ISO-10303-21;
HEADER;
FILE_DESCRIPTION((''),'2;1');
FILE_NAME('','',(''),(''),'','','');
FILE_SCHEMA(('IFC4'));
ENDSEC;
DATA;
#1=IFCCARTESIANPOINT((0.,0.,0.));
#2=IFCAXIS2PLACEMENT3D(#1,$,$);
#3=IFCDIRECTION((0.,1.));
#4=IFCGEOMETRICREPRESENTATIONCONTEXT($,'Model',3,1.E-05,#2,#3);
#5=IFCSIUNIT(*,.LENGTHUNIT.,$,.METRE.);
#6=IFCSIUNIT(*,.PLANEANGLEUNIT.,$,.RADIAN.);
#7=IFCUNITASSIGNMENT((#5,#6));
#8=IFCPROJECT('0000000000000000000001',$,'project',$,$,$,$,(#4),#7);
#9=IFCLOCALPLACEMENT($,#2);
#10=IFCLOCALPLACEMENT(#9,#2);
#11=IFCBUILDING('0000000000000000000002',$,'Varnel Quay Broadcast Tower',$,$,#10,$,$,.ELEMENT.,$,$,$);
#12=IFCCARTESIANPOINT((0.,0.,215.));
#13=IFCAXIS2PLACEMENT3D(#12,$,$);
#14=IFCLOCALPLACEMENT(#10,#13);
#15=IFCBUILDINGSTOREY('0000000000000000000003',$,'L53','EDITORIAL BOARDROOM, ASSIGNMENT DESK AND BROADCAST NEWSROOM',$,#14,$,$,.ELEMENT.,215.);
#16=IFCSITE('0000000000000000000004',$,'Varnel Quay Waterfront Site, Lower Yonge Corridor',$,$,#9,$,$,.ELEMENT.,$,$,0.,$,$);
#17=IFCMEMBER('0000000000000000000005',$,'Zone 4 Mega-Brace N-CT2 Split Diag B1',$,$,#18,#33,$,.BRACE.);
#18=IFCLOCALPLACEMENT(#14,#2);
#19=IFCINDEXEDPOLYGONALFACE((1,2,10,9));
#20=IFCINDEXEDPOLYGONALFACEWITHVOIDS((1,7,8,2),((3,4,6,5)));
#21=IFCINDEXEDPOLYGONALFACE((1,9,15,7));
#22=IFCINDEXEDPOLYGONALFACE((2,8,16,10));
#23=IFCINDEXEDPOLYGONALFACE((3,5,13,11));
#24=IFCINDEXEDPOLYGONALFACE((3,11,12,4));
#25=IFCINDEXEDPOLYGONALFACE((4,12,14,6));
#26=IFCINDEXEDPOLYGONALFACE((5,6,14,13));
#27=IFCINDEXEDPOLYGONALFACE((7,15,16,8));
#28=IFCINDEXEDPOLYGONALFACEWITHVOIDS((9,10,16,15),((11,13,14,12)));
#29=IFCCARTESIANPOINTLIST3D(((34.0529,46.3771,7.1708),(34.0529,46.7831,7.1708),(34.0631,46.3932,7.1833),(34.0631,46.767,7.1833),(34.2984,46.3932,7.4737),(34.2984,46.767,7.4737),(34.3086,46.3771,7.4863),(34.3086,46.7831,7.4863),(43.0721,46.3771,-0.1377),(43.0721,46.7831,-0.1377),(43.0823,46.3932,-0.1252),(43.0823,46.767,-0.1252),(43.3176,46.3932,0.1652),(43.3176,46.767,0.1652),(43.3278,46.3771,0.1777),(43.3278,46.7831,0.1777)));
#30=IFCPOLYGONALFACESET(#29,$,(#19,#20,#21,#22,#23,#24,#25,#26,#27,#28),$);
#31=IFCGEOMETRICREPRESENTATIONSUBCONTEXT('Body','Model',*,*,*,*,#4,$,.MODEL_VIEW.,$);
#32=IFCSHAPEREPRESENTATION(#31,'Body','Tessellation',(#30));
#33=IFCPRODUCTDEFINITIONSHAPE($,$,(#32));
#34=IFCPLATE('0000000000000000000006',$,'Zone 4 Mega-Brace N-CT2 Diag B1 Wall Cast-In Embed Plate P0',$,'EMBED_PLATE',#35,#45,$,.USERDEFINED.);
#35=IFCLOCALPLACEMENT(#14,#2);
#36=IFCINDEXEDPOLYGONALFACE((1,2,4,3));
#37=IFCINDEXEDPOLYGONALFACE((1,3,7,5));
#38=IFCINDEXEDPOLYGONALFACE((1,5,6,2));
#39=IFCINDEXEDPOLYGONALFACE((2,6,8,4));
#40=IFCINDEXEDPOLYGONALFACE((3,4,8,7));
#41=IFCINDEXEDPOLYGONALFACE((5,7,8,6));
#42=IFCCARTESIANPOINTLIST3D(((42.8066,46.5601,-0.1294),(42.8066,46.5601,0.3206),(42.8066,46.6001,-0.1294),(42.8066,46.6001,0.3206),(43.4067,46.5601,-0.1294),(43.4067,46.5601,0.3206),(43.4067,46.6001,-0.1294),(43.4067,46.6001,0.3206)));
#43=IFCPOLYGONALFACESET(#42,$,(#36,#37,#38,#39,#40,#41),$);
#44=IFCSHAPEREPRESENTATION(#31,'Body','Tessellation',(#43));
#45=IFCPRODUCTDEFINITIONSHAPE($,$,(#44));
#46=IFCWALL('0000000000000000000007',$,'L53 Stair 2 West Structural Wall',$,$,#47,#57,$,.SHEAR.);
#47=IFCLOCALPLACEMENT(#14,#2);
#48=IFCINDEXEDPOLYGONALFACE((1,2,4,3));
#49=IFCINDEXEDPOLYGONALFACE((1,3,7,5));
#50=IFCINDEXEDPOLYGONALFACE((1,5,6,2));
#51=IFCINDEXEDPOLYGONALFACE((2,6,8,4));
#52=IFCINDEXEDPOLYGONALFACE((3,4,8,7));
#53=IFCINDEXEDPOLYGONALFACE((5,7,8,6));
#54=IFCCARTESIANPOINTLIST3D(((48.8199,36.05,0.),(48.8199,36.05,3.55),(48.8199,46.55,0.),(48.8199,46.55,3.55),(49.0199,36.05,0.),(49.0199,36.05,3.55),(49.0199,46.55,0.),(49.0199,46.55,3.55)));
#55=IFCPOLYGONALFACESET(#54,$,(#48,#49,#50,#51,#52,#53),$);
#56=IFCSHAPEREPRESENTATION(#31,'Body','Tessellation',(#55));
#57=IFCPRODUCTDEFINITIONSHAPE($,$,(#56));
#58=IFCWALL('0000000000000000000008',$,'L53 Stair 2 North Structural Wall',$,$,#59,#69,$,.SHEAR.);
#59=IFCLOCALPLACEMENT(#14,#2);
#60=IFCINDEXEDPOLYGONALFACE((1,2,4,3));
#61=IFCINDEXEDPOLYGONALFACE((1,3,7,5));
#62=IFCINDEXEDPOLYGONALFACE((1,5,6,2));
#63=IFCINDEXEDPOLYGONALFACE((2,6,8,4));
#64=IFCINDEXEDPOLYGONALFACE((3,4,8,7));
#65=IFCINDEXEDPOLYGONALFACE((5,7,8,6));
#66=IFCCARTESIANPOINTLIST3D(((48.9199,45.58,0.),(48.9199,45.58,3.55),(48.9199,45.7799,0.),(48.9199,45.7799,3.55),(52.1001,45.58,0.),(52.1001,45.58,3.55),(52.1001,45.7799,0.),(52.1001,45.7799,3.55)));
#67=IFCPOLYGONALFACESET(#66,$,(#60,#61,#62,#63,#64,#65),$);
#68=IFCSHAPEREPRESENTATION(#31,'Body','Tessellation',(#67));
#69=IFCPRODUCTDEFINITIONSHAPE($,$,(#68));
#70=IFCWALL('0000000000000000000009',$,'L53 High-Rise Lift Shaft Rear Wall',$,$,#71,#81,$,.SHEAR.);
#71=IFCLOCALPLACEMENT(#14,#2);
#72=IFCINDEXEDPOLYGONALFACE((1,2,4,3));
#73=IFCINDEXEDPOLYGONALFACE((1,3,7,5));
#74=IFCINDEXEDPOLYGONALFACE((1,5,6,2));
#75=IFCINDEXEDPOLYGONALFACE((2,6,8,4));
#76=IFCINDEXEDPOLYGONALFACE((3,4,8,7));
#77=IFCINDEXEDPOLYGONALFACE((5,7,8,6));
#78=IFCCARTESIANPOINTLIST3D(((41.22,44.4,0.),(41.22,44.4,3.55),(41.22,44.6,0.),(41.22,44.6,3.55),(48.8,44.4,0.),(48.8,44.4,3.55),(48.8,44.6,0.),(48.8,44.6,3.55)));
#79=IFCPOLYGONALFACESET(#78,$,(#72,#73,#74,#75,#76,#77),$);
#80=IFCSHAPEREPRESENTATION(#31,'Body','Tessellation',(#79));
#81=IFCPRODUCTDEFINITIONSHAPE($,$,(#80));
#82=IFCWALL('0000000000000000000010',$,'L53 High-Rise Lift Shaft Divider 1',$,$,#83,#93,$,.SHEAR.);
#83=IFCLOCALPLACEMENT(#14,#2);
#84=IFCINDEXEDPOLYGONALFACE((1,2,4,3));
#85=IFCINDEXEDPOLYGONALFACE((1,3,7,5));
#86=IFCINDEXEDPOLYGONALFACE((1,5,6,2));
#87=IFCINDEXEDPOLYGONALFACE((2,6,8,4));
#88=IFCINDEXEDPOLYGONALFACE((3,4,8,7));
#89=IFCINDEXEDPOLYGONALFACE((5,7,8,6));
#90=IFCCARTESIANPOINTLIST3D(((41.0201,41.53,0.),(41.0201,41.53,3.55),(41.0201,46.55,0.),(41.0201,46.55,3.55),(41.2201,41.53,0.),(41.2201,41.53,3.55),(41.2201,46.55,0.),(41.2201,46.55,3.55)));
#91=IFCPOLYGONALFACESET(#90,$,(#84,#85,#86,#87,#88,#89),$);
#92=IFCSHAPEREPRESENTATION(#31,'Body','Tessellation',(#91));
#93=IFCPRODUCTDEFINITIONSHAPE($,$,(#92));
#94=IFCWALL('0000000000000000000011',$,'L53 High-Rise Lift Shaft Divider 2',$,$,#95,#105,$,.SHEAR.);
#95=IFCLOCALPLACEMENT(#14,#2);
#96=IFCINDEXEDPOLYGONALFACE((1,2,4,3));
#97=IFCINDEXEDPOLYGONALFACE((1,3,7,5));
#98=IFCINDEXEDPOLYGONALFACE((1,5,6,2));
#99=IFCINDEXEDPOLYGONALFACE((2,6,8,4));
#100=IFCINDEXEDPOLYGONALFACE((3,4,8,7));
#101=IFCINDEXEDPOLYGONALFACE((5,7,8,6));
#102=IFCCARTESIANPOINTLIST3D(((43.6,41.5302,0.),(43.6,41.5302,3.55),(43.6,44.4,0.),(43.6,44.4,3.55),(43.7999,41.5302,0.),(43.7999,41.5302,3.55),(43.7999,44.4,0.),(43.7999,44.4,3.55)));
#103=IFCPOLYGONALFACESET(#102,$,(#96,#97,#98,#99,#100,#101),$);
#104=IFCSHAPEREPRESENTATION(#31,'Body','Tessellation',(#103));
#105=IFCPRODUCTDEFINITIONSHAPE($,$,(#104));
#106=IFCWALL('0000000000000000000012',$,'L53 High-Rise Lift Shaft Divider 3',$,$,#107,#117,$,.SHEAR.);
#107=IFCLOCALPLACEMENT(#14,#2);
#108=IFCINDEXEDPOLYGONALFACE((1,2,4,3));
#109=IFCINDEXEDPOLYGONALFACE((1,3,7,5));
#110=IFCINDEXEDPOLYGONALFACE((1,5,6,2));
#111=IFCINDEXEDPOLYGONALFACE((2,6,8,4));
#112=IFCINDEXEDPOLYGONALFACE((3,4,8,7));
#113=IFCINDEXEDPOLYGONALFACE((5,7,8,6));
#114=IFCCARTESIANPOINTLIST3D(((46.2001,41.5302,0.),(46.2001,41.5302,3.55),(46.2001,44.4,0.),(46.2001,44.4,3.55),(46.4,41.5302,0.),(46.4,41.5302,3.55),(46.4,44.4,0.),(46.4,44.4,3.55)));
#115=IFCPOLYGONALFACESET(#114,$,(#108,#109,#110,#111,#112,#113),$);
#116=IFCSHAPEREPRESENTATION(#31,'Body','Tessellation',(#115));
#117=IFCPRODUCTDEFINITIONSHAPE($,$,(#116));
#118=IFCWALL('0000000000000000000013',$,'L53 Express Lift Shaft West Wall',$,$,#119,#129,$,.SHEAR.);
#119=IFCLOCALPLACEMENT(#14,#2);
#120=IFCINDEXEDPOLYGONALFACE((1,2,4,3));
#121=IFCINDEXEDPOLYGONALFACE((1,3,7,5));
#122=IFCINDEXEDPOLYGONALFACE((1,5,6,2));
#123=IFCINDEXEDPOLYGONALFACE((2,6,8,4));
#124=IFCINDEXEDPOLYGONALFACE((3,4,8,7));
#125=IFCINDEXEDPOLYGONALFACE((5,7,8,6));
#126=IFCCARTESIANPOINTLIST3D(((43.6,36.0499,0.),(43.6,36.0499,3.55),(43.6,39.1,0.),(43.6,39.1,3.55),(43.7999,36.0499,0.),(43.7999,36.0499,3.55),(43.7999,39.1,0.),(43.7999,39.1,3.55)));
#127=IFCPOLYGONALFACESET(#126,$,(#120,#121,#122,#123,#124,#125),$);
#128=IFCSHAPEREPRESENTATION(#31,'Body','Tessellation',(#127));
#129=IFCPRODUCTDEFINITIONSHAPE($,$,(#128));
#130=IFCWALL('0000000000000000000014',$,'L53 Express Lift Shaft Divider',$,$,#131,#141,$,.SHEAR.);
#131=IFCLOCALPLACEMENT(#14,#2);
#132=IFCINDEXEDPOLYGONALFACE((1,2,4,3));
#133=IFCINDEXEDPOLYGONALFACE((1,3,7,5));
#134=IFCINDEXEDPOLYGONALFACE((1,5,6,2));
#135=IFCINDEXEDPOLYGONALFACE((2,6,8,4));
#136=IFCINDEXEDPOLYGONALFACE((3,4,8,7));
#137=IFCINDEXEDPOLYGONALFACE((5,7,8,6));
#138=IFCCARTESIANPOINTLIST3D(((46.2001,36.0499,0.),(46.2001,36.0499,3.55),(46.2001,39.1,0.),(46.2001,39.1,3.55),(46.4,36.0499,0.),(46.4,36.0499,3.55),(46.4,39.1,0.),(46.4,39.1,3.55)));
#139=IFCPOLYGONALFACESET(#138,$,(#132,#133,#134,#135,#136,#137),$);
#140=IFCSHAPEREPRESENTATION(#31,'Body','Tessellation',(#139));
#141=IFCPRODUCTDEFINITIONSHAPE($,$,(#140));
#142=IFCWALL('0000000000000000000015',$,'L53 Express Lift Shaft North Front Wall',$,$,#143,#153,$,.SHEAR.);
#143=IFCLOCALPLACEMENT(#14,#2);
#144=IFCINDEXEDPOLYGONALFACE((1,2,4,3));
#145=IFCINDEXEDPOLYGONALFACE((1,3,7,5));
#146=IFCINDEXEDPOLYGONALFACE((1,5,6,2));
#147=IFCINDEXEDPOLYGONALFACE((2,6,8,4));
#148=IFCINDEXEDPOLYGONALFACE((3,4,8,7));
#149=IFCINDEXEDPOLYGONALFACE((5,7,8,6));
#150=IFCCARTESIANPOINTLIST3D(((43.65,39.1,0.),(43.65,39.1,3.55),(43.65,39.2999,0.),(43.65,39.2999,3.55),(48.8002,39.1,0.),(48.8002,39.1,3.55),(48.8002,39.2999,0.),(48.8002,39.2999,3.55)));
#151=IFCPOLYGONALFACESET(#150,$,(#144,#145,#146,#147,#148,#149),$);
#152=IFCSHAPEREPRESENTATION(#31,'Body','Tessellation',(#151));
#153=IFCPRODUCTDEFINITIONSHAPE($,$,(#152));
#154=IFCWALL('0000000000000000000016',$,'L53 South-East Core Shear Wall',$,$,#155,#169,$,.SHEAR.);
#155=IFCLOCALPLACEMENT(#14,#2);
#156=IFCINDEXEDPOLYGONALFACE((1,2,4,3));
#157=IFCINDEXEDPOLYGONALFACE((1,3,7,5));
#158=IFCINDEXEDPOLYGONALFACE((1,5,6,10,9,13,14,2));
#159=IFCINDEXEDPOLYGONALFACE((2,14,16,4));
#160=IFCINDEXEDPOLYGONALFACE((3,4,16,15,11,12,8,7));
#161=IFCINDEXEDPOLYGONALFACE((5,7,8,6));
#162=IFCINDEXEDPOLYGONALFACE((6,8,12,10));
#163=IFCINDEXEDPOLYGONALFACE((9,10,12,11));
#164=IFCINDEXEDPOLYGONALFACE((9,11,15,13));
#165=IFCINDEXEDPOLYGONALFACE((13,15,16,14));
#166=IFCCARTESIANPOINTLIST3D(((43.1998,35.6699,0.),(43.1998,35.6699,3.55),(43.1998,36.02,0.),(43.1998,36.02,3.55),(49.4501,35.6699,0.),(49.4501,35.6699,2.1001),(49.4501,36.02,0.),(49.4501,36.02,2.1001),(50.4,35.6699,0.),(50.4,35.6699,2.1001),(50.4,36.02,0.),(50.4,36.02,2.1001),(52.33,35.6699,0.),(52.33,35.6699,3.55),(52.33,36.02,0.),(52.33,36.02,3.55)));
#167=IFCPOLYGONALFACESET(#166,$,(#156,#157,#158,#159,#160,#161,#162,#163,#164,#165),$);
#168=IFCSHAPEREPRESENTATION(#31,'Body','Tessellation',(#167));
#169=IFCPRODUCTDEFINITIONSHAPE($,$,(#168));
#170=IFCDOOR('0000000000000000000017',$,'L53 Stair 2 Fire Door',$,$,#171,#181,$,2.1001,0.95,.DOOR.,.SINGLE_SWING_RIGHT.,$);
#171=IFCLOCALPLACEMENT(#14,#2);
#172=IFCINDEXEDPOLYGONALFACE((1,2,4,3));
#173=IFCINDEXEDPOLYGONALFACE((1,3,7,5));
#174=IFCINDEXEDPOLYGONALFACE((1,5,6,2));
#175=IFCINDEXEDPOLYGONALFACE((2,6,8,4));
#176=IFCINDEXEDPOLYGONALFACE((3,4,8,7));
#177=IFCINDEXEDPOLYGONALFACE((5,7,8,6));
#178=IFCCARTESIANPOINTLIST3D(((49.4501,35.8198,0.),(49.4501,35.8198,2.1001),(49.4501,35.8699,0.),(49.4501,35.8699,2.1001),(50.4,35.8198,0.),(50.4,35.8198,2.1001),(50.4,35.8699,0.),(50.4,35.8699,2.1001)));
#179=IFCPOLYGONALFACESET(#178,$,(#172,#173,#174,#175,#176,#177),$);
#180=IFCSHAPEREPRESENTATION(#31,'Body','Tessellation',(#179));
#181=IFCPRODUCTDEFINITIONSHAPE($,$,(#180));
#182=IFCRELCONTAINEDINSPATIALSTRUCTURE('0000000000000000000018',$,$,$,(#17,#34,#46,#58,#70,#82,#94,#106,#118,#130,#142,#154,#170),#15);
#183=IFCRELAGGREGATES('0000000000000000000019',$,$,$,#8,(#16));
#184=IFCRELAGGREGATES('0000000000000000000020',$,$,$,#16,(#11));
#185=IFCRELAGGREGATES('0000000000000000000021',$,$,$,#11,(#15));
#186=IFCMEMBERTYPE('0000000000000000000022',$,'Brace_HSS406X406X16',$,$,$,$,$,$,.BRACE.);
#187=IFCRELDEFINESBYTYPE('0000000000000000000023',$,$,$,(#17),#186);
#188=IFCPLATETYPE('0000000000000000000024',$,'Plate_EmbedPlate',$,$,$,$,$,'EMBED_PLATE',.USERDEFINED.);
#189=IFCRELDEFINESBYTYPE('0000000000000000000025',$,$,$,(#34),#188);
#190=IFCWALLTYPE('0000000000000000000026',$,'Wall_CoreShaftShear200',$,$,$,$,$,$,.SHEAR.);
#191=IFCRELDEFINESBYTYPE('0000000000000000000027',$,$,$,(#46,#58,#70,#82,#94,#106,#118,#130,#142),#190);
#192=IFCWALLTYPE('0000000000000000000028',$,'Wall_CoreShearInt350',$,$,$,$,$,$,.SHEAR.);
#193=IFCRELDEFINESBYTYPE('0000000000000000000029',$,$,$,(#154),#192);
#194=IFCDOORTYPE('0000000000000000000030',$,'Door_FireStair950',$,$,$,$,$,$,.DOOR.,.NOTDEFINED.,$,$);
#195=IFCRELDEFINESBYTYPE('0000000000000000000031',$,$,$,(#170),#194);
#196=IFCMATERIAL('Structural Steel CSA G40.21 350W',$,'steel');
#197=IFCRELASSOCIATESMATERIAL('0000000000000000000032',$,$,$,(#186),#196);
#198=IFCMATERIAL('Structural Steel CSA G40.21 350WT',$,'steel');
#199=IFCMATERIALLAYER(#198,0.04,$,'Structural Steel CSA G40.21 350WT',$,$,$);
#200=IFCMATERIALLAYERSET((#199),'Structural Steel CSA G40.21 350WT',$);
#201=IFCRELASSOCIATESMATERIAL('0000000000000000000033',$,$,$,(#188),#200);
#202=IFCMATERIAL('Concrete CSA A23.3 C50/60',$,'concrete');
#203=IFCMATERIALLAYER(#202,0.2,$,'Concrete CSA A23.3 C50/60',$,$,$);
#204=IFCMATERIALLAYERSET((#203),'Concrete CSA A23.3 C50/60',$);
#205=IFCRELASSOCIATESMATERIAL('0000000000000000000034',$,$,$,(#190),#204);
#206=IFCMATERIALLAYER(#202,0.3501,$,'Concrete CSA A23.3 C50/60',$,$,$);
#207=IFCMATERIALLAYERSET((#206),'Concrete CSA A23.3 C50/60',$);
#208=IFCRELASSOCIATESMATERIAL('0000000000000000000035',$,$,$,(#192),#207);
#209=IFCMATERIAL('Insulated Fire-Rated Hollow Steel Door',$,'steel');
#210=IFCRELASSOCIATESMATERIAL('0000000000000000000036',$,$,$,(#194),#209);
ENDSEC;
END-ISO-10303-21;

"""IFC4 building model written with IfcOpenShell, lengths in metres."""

from ifc_helpers import new_model, si_unit, direction, frame, frame_2d, origin, origin_2d, place, context, subcontext, project, spatial, rectangle, hollow_rectangle, extrude, source, transform, mapped, material, layer, layer_set, material_profile, profile_set, type_object, type_shapes, element, fill, save


model = new_model("IFC4")

# Units and contexts
model_context = context("Model", 3, precision=1e-05, world=origin(), true_north=direction((0.0, 1.0)))
body_context = subcontext(model_context, "Body", "Model", "MODEL_VIEW")
ifc_project = project(units=[si_unit("LENGTHUNIT", "METRE"), si_unit("PLANEANGLEUNIT", "RADIAN")], contexts=[model_context])

# Site, building, storey
site_placement = place(None, origin())
site = spatial("IfcSite", under=ifc_project, at=site_placement, Name="Varnel Quay Waterfront Site, Lower Yonge Corridor", CompositionType="ELEMENT", RefElevation=0.0)
building_placement = place(site_placement, origin())
building = spatial("IfcBuilding", under=site, at=building_placement, Name="Varnel Quay Broadcast Tower", CompositionType="ELEMENT")
storey_placement = place(building_placement, frame((0.0, 0.0, 215.0)))
storey = spatial("IfcBuildingStorey", under=building, at=storey_placement, Name="L53", Description="EDITORIAL BOARDROOM, ASSIGNMENT DESK AND BROADCAST NEWSROOM", CompositionType="ELEMENT", Elevation=215.0)

# Shared definitions
ifc_material_1 = material(Name="Structural Steel CSA G40.21 350WT", Category="steel")

# Shared definitions
ifc_material_2 = material(Name="Concrete CSA A23.3 C50/60", Category="concrete")

# Member
ifc_material_3 = material(Name="Structural Steel CSA G40.21 350W", Category="steel")
ifc_material_profile_1 = material_profile(ifc_material_3, hollow_rectangle(XDim=0.406, YDim=0.406, WallThickness=0.0161, at=origin_2d()), Name="HSS406X406X16")
ifc_profile_set_1 = profile_set([ifc_material_profile_1], Name="Structural Steel CSA G40.21 350W")
member_type = type_object("IfcMemberType", Name="Brace_HSS406X406X16", PredefinedType="BRACE", material=ifc_profile_set_1)
shared_shape_1 = source(origin(), body_context, "Body", "SweptSolid", [
    extrude(hollow_rectangle(XDim=0.406, YDim=0.406, WallThickness=0.0161, at=origin_2d()), origin(), (0.0, 0.0, 1.0), 11.6086),
])
type_shapes(member_type, [shared_shape_1])
member_placement = place(storey_placement, frame((43.2, 46.5801, 0.02), z_axis=(-0.776939, 0.0, 0.629576), x_axis=(0.0, -1.0, 0.0)))
element("IfcMember", 1, at=member_placement, inside=storey, type_object=member_type, Name="Zone 4 Mega-Brace N-CT2 Split Diag B1", PredefinedType="BRACE", context=body_context, shape_type="MappedRepresentation", body=[
    mapped(shared_shape_1, transform((0.0, 0.0, 0.0), x_axis=(1.0, 0.0, 0.0), y_axis=(0.0, 1.0, 0.0), z_axis=(0.0, 0.0, 1.0), scale=1.0)),
])

# Plate
ifc_layer_1 = layer(ifc_material_1, 0.04, Name="Structural Steel CSA G40.21 350WT")
ifc_layer_set_1 = layer_set([ifc_layer_1], Name="Structural Steel CSA G40.21 350WT")
plate_type = type_object("IfcPlateType", Name="Plate_EmbedPlate", ElementType="EMBED_PLATE", PredefinedType="USERDEFINED", material=ifc_layer_set_1)
shared_shape_2 = source(origin(), body_context, "Body", "SweptSolid", [
    extrude(rectangle(XDim=0.6001, YDim=0.04, at=origin_2d()), origin(), (0.0, 0.0, 1.0), 0.45),
])
type_shapes(plate_type, [shared_shape_2])
plate_placement = place(storey_placement, frame((43.1067, 46.5801, -0.1294), z_axis=(0.0, 0.0, 1.0), x_axis=(1.0, 0.0, 0.0)))
element("IfcPlate", 2, at=plate_placement, inside=storey, type_object=plate_type, Name="Zone 4 Mega-Brace N-CT2 Diag B1 Wall Cast-In Embed Plate P0", ObjectType="EMBED_PLATE", PredefinedType="USERDEFINED", context=body_context, shape_type="MappedRepresentation", body=[
    mapped(shared_shape_2, transform((0.0, 0.0, 0.0), x_axis=(1.0, 0.0, 0.0), y_axis=(0.0, 1.0, 0.0), z_axis=(0.0, 0.0, 1.0), scale=1.0)),
])

# Walls
ifc_layer_2 = layer(ifc_material_2, 0.2, Name="Concrete CSA A23.3 C50/60")
ifc_layer_set_2 = layer_set([ifc_layer_2], Name="Concrete CSA A23.3 C50/60")
wall_type_1 = type_object("IfcWallType", Name="Wall_CoreShaftShear200", PredefinedType="SHEAR", material=ifc_layer_set_2)
wall_1_placement = place(storey_placement, frame((48.9199, 36.05, 0.0), z_axis=(0.0, 0.0, 1.0), x_axis=(0.0, 1.0, 0.0)))
element("IfcWall", 3, at=wall_1_placement, inside=storey, type_object=wall_type_1, Name="L53 Stair 2 West Structural Wall", PredefinedType="SHEAR", context=body_context, shape_type="SweptSolid", body=[
    extrude(rectangle(XDim=10.5, YDim=0.2, at=frame_2d((5.25, 0.0))), origin(), (0.0, 0.0, 1.0), 3.55),
])
wall_2_placement = place(storey_placement, frame((48.9199, 45.6799, 0.0), z_axis=(0.0, 0.0, 1.0), x_axis=(1.0, 0.0, 0.0)))
element("IfcWall", 4, at=wall_2_placement, inside=storey, type_object=wall_type_1, Name="L53 Stair 2 North Structural Wall", PredefinedType="SHEAR", context=body_context, shape_type="SweptSolid", body=[
    extrude(rectangle(XDim=3.1802, YDim=0.2, at=frame_2d((1.5901, 0.0))), origin(), (0.0, 0.0, 1.0), 3.55),
])
wall_3_placement = place(storey_placement, frame((41.22, 44.5, 0.0), z_axis=(0.0, 0.0, 1.0), x_axis=(1.0, 0.0, 0.0)))
element("IfcWall", 5, at=wall_3_placement, inside=storey, type_object=wall_type_1, Name="L53 High-Rise Lift Shaft Rear Wall", PredefinedType="SHEAR", context=body_context, shape_type="SweptSolid", body=[
    extrude(rectangle(XDim=7.5801, YDim=0.2, at=frame_2d((3.79, 0.0))), origin(), (0.0, 0.0, 1.0), 3.55),
])
wall_4_placement = place(storey_placement, frame((41.1201, 41.53, 0.0), z_axis=(0.0, 0.0, 1.0), x_axis=(0.0, 1.0, 0.0)))
element("IfcWall", 6, at=wall_4_placement, inside=storey, type_object=wall_type_1, Name="L53 High-Rise Lift Shaft Divider 1", PredefinedType="SHEAR", context=body_context, shape_type="SweptSolid", body=[
    extrude(rectangle(XDim=5.02, YDim=0.2, at=frame_2d((2.51, 0.0))), origin(), (0.0, 0.0, 1.0), 3.55),
])
for number, where, z_axis, x_axis, name in (
    (7, (43.7, 41.53, 0.0), (0.0, 0.0, 1.0), (0.0, 1.0, 0.0), "L53 High-Rise Lift Shaft Divider 2"),
    (8, (46.3, 41.53, 0.0), (0.0, 0.0, 1.0), (0.0, 1.0, 0.0), "L53 High-Rise Lift Shaft Divider 3"),
):
    element("IfcWall", number, at=place(storey_placement, frame(where, z_axis=z_axis, x_axis=x_axis)), inside=storey, type_object=wall_type_1, Name=name, PredefinedType="SHEAR", context=body_context, shape_type="SweptSolid", body=[
        extrude(rectangle(XDim=2.8699, YDim=0.2, at=frame_2d((1.4351, 0.0))), origin(), (0.0, 0.0, 1.0), 3.55),
    ])
for number, where, z_axis, x_axis, name in (
    (9, (43.7, 36.05, 0.0), (0.0, 0.0, 1.0), (0.0, 1.0, 0.0), "L53 Express Lift Shaft West Wall"),
    (10, (46.3, 36.05, 0.0), (0.0, 0.0, 1.0), (0.0, 1.0, 0.0), "L53 Express Lift Shaft Divider"),
):
    element("IfcWall", number, at=place(storey_placement, frame(where, z_axis=z_axis, x_axis=x_axis)), inside=storey, type_object=wall_type_1, Name=name, PredefinedType="SHEAR", context=body_context, shape_type="SweptSolid", body=[
        extrude(rectangle(XDim=3.05, YDim=0.2, at=frame_2d((1.5249, 0.0))), origin(), (0.0, 0.0, 1.0), 3.55),
    ])
wall_5_placement = place(storey_placement, frame((43.6499, 39.2, 0.0), z_axis=(0.0, 0.0, 1.0), x_axis=(1.0, 0.0, 0.0)))
element("IfcWall", 11, at=wall_5_placement, inside=storey, type_object=wall_type_1, Name="L53 Express Lift Shaft North Front Wall", PredefinedType="SHEAR", context=body_context, shape_type="SweptSolid", body=[
    extrude(rectangle(XDim=5.1501, YDim=0.2, at=frame_2d((2.5752, 0.0))), origin(), (0.0, 0.0, 1.0), 3.55),
])

# Wall, opening, door
ifc_layer_3 = layer(ifc_material_2, 0.3501, Name="Concrete CSA A23.3 C50/60")
ifc_layer_set_3 = layer_set([ifc_layer_3], Name="Concrete CSA A23.3 C50/60")
wall_type_2 = type_object("IfcWallType", Name="Wall_CoreShearInt350", PredefinedType="SHEAR", material=ifc_layer_set_3)
wall_6_placement = place(storey_placement, frame((43.2, 35.845, 0.0), z_axis=(0.0, 0.0, 1.0), x_axis=(1.0, 0.0, 0.0)))
wall_6 = element("IfcWall", 12, at=wall_6_placement, inside=storey, type_object=wall_type_2, Name="L53 South-East Core Shear Wall", PredefinedType="SHEAR", context=body_context, shape_type="SweptSolid", body=[
    extrude(rectangle(XDim=9.1301, YDim=0.3501, at=frame_2d((4.5649, 0.0))), origin(), (0.0, 0.0, 1.0), 3.55),
])
opening_1_placement = place(wall_6_placement, frame((6.25, 0.0, 0.0)))
opening_1 = element("IfcOpeningElement", 13, at=opening_1_placement, cuts=wall_6, PredefinedType="OPENING", context=body_context, shape_type="SweptSolid", body=[
    extrude(rectangle(XDim=0.95, YDim=2.1001, at=frame_2d((0.4751, 1.05))), frame((0.0, 0.1851, 0.0), z_axis=(0.0, -1.0, 0.0), x_axis=(1.0, 0.0, 0.0)), (0.0, 0.0, 1.0), 0.3701),
])
ifc_material_4 = material(Name="Insulated Fire-Rated Hollow Steel Door", Category="steel")
door_type_1 = type_object("IfcDoorType", Name="Door_FireStair950", OperationType="NOTDEFINED", PredefinedType="DOOR", material=ifc_material_4)
shared_shape_3 = source(origin(), body_context, "Body", "SweptSolid", [
    extrude(rectangle(XDim=0.95, YDim=2.1001, at=frame_2d((0.4751, 1.05))), frame((0.0, 0.0249, 0.0), z_axis=(0.0, -1.0, 0.0), x_axis=(1.0, 0.0, 0.0)), (0.0, 0.0, 1.0), 0.05),
])
type_shapes(door_type_1, [shared_shape_3])
door_1_placement = place(opening_1_placement, origin())
door_1 = element("IfcDoor", 14, at=door_1_placement, inside=storey, type_object=door_type_1, Name="L53 Stair 2 Fire Door", OperationType="SINGLE_SWING_RIGHT", OverallHeight=2.1001, OverallWidth=0.95, PredefinedType="DOOR", context=body_context, shape_type="MappedRepresentation", body=[
    mapped(shared_shape_3, transform((0.0, 0.0, 0.0), x_axis=(1.0, 0.0, 0.0), y_axis=(0.0, 1.0, 0.0), z_axis=(0.0, 0.0, 1.0), scale=1.0)),
])
fill(opening_1, door_1)

save(model, "model.ifc")
